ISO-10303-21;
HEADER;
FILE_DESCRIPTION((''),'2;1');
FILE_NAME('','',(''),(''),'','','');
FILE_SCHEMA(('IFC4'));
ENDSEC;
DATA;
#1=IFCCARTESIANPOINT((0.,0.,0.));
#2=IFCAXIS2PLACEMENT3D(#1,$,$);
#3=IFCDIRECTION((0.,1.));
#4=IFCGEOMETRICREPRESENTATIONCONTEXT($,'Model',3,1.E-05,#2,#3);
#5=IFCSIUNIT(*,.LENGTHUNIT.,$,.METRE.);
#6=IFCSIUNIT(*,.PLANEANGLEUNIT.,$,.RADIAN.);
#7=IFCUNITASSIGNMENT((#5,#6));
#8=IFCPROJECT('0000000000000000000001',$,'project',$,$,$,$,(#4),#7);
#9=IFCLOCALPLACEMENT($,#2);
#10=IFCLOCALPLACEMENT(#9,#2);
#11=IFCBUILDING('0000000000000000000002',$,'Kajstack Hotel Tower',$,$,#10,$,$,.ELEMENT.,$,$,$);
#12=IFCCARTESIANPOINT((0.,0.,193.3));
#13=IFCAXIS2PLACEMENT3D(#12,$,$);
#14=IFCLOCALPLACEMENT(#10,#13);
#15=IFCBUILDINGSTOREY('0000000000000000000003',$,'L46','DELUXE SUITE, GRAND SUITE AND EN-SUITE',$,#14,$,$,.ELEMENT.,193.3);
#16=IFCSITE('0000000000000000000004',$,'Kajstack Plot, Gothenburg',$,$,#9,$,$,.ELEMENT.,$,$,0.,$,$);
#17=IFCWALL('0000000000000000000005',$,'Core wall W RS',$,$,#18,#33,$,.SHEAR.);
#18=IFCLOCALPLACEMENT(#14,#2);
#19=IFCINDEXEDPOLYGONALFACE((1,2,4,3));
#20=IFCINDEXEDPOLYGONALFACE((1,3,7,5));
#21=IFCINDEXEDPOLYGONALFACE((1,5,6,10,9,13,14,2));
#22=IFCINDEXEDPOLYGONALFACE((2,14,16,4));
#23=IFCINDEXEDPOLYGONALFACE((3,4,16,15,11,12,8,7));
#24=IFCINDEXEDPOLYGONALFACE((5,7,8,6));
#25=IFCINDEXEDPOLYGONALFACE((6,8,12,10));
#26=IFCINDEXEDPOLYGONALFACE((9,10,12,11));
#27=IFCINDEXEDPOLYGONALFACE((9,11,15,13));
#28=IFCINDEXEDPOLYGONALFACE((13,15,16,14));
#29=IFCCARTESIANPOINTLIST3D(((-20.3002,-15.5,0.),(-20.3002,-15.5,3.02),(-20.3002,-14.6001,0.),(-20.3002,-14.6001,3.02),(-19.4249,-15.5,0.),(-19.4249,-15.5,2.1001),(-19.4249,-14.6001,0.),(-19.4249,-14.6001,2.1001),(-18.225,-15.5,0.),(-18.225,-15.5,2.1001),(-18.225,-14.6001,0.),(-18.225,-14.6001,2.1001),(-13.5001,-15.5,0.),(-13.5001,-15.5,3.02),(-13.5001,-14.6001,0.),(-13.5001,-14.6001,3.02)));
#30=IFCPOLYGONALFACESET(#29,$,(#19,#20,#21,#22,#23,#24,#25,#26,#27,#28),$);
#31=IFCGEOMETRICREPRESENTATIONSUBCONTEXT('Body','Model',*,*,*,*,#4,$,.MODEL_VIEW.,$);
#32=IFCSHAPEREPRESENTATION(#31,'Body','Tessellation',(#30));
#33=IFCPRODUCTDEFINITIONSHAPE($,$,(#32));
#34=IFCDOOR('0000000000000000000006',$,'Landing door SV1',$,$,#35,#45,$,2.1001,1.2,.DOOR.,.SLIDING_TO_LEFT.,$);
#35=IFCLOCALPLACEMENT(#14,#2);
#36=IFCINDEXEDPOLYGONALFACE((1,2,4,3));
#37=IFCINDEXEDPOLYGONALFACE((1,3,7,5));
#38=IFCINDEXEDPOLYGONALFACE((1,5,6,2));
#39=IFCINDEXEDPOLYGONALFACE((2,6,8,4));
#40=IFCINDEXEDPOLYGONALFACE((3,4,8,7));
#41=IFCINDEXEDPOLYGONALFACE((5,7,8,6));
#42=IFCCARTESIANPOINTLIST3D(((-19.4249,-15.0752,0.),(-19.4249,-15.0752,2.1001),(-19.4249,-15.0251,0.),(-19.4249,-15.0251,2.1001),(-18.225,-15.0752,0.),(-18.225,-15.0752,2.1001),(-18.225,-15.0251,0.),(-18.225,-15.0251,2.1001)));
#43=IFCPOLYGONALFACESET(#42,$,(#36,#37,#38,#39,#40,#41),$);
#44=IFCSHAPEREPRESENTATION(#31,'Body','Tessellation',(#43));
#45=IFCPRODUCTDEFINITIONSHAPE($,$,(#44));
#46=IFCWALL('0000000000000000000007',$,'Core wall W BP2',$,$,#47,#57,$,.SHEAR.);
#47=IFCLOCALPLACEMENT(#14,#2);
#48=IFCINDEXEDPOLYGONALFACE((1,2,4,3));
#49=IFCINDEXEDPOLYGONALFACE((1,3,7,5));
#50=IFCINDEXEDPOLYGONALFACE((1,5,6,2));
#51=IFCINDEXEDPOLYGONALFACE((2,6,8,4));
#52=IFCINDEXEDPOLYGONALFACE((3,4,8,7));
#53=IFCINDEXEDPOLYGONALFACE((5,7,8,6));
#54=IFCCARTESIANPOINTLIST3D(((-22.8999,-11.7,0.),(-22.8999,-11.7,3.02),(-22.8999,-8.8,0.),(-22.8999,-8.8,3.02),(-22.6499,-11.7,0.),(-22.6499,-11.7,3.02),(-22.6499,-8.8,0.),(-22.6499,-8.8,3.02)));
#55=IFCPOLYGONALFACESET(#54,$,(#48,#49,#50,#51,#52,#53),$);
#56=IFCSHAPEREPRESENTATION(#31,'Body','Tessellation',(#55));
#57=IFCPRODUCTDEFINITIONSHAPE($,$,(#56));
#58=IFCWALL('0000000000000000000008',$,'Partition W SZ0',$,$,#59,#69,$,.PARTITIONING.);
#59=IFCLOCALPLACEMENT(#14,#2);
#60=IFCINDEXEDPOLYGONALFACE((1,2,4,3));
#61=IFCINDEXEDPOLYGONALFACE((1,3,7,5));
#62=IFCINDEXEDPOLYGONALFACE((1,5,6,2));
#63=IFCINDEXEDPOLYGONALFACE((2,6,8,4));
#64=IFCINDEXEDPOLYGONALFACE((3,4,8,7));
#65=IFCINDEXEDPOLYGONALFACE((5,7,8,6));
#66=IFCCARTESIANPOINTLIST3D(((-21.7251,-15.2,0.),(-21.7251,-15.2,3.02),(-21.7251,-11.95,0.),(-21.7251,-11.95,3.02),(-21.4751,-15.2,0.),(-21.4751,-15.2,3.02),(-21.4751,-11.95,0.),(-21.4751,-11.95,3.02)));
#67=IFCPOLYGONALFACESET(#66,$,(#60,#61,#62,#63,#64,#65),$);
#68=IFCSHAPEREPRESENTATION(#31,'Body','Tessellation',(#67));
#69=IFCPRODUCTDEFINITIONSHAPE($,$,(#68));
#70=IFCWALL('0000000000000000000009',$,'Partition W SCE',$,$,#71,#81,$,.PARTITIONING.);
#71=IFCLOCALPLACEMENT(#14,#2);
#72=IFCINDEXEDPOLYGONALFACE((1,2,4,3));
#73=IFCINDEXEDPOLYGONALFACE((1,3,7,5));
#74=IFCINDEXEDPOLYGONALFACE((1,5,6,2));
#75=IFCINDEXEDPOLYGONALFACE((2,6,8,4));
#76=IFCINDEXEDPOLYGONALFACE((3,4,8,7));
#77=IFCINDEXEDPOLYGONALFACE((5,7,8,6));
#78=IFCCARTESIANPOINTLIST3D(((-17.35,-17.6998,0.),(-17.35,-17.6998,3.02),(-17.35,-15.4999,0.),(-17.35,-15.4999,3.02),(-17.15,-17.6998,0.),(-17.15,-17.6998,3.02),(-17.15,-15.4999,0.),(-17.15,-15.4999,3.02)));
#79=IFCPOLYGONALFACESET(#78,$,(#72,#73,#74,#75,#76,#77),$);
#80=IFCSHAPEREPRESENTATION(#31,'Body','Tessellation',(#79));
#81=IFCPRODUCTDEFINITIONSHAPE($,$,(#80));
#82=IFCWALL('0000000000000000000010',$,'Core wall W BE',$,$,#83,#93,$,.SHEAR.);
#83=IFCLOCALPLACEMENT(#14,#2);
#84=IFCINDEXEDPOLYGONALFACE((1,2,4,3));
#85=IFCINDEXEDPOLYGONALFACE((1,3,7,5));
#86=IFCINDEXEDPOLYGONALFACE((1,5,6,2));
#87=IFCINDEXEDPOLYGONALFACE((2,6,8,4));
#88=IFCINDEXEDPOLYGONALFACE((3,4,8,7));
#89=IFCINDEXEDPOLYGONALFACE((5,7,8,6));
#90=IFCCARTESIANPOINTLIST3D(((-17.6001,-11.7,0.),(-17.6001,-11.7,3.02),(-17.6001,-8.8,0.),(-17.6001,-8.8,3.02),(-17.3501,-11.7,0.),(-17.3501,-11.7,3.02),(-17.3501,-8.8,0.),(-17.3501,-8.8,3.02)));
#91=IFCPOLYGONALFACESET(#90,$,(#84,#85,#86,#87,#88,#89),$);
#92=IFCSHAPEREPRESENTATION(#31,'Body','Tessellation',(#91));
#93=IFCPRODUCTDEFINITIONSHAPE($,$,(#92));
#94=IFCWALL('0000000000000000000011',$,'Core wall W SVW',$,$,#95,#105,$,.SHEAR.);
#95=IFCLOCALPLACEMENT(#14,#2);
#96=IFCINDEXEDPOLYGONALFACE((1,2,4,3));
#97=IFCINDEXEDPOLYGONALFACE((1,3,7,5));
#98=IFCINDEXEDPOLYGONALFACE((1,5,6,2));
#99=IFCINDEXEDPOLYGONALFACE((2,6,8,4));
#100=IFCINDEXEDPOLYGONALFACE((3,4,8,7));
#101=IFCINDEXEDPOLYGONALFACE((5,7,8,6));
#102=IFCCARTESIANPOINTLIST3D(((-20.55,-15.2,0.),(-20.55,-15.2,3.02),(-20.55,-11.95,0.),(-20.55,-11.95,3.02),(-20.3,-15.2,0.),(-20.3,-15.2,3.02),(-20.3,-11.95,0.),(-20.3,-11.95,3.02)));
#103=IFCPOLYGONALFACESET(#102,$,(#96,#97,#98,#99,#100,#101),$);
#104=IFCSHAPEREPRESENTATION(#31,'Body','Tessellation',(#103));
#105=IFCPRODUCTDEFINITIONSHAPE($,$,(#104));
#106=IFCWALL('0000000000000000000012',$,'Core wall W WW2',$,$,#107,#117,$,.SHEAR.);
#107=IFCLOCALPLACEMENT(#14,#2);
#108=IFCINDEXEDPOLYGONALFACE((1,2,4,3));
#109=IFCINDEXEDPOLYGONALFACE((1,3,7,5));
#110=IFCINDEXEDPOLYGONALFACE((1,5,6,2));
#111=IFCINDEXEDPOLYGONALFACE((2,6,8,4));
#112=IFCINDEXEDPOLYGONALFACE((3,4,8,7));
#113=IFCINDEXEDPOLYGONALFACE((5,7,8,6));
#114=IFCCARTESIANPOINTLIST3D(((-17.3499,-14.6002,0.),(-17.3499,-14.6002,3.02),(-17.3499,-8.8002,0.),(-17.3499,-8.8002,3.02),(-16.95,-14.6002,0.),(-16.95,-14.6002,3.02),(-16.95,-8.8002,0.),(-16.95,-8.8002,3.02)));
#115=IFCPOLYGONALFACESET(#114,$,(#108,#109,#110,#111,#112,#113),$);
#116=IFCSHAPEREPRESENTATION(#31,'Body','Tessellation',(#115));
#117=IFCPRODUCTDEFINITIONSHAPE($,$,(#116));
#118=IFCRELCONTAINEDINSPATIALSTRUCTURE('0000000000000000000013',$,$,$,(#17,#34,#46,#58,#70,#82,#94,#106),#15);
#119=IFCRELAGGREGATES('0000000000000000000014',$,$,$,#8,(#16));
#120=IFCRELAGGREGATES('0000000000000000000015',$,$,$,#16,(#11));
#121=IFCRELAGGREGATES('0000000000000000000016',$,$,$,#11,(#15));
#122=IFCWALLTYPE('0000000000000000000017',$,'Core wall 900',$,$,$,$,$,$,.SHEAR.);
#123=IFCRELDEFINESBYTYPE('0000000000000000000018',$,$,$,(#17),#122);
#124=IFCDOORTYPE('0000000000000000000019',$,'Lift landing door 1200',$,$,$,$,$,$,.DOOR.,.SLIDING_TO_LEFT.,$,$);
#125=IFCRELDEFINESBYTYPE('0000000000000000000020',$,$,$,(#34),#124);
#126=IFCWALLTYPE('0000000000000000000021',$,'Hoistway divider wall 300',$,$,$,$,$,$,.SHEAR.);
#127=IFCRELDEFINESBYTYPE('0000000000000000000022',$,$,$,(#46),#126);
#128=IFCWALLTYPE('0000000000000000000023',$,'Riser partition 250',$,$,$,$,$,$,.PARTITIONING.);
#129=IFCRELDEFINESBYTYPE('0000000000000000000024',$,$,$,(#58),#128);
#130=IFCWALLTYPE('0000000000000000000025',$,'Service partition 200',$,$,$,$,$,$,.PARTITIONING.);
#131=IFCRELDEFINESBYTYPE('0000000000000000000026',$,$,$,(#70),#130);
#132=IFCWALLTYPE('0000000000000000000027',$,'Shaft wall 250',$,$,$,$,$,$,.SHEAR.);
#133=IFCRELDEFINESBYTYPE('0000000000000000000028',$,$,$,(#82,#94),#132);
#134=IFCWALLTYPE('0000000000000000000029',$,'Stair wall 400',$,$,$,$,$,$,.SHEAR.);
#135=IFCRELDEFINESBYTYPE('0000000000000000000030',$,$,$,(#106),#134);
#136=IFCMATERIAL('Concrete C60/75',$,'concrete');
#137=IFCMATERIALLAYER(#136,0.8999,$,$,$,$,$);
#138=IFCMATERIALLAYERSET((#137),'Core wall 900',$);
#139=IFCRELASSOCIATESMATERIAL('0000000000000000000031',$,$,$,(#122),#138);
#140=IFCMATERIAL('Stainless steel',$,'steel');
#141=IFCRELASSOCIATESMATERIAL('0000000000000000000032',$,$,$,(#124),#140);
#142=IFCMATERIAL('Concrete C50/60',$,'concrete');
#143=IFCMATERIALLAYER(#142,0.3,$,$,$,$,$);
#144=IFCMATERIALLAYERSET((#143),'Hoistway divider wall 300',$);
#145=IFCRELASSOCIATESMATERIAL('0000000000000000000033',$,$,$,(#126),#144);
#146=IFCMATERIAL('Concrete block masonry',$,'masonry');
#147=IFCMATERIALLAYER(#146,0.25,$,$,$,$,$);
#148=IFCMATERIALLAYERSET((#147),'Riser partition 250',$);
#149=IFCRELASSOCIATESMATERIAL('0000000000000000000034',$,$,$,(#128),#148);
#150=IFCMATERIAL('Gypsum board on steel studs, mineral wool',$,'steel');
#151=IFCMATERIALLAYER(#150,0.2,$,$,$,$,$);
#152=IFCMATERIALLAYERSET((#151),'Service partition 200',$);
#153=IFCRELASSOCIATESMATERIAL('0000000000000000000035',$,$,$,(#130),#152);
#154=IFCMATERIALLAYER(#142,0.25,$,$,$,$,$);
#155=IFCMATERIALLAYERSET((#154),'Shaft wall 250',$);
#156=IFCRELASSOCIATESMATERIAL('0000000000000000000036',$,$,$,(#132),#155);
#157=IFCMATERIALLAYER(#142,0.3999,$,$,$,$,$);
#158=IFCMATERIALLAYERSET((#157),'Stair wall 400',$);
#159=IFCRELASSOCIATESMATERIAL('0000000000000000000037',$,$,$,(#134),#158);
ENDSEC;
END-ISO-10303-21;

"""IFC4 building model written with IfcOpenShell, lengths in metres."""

from ifc_helpers import new_model, si_unit, direction, frame, frame_2d, origin, place, context, subcontext, project, spatial, rectangle, extrude, material, layer, layer_set, type_object, element, fill, save


model = new_model("IFC4")

# Units and contexts
model_context = context("Model", 3, precision=1e-05, world=origin(), true_north=direction((0.0, 1.0)))
body_context = subcontext(model_context, "Body", "Model", "MODEL_VIEW")
ifc_project = project(units=[si_unit("LENGTHUNIT", "METRE"), si_unit("PLANEANGLEUNIT", "RADIAN")], contexts=[model_context])

# Site, building, storey
site_placement = place(None, origin())
site = spatial("IfcSite", under=ifc_project, at=site_placement, Name="Kajstack Plot, Gothenburg", CompositionType="ELEMENT", RefElevation=0.0)
building_placement = place(site_placement, origin())
building = spatial("IfcBuilding", under=site, at=building_placement, Name="Kajstack Hotel Tower", CompositionType="ELEMENT")
storey_placement = place(building_placement, frame((0.0, 0.0, 193.3)))
storey = spatial("IfcBuildingStorey", under=building, at=storey_placement, Name="L46", Description="DELUXE SUITE, GRAND SUITE AND EN-SUITE", CompositionType="ELEMENT", Elevation=193.3)

# Wall, opening, door
ifc_material_1 = material(Name="Concrete C60/75", Category="concrete")
ifc_layer_1 = layer(ifc_material_1, 0.8999)
ifc_layer_set_1 = layer_set([ifc_layer_1], Name="Core wall 900")
wall_type_1 = type_object("IfcWallType", Name="Core wall 900", PredefinedType="SHEAR", material=ifc_layer_set_1)
wall_1_placement = place(storey_placement, frame((-20.3, -15.05, 0.0), z_axis=(0.0, 0.0, 1.0), x_axis=(1.0, 0.0, 0.0)))
wall_1 = element("IfcWall", 1, at=wall_1_placement, inside=storey, type_object=wall_type_1, Name="Core wall W RS", PredefinedType="SHEAR", context=body_context, shape_type="SweptSolid", body=[
    extrude(rectangle(XDim=6.8, YDim=0.8999, at=frame_2d((3.3999, 0.0))), origin(), (0.0, 0.0, 1.0), 3.02),
])
opening_placement = place(wall_1_placement, frame((0.875, 0.0, 0.0)))
opening = element("IfcOpeningElement", 2, at=opening_placement, cuts=wall_1, PredefinedType="OPENING", context=body_context, shape_type="SweptSolid", body=[
    extrude(rectangle(XDim=1.2, YDim=2.1001, at=frame_2d((0.6001, 1.05))), frame((0.0, 0.46, 0.0), z_axis=(0.0, -1.0, 0.0), x_axis=(1.0, 0.0, 0.0)), (0.0, 0.0, 1.0), 0.9199),
])
ifc_material_2 = material(Name="Stainless steel", Category="steel")
door_type = type_object("IfcDoorType", Name="Lift landing door 1200", OperationType="SLIDING_TO_LEFT", PredefinedType="DOOR", material=ifc_material_2)
door_placement = place(opening_placement, origin())
door = element("IfcDoor", 3, at=door_placement, inside=storey, type_object=door_type, Name="Landing door SV1", OperationType="SLIDING_TO_LEFT", OverallHeight=2.1001, OverallWidth=1.2, PredefinedType="DOOR", context=body_context, shape_type="SweptSolid", body=[
    extrude(rectangle(XDim=1.2, YDim=2.1001, at=frame_2d((0.6001, 1.05))), frame((0.0, 0.0249, 0.0), z_axis=(0.0, -1.0, 0.0), x_axis=(1.0, 0.0, 0.0)), (0.0, 0.0, 1.0), 0.05),
])
fill(opening, door)

# Walls
ifc_material_3 = material(Name="Concrete C50/60", Category="concrete")
ifc_layer_2 = layer(ifc_material_3, 0.3)
ifc_layer_set_2 = layer_set([ifc_layer_2], Name="Hoistway divider wall 300")
wall_type_2 = type_object("IfcWallType", Name="Hoistway divider wall 300", PredefinedType="SHEAR", material=ifc_layer_set_2)
wall_2_placement = place(storey_placement, frame((-22.7749, -11.7, 0.0), z_axis=(0.0, 0.0, 1.0), x_axis=(0.0, 1.0, 0.0)))
element("IfcWall", 4, at=wall_2_placement, inside=storey, type_object=wall_type_2, Name="Core wall W BP2", PredefinedType="SHEAR", context=body_context, shape_type="SweptSolid", body=[
    extrude(rectangle(XDim=2.8999, YDim=0.25, at=frame_2d((1.45, 0.0))), origin(), (0.0, 0.0, 1.0), 3.02),
])
ifc_material_4 = material(Name="Concrete block masonry", Category="masonry")
ifc_layer_3 = layer(ifc_material_4, 0.25)
ifc_layer_set_3 = layer_set([ifc_layer_3], Name="Riser partition 250")
wall_type_3 = type_object("IfcWallType", Name="Riser partition 250", PredefinedType="PARTITIONING", material=ifc_layer_set_3)
wall_3_placement = place(storey_placement, frame((-21.6001, -15.2, 0.0), z_axis=(0.0, 0.0, 1.0), x_axis=(0.0, 1.0, 0.0)))
element("IfcWall", 5, at=wall_3_placement, inside=storey, type_object=wall_type_3, Name="Partition W SZ0", PredefinedType="PARTITIONING", context=body_context, shape_type="SweptSolid", body=[
    extrude(rectangle(XDim=3.25, YDim=0.25, at=frame_2d((1.625, 0.0))), origin(), (0.0, 0.0, 1.0), 3.02),
])
ifc_material_5 = material(Name="Gypsum board on steel studs, mineral wool", Category="steel")
ifc_layer_4 = layer(ifc_material_5, 0.2)
ifc_layer_set_4 = layer_set([ifc_layer_4], Name="Service partition 200")
wall_type_4 = type_object("IfcWallType", Name="Service partition 200", PredefinedType="PARTITIONING", material=ifc_layer_set_4)
wall_4_placement = place(storey_placement, frame((-17.25, -17.7, 0.0), z_axis=(0.0, 0.0, 1.0), x_axis=(0.0, 1.0, 0.0)))
element("IfcWall", 6, at=wall_4_placement, inside=storey, type_object=wall_type_4, Name="Partition W SCE", PredefinedType="PARTITIONING", context=body_context, shape_type="SweptSolid", body=[
    extrude(rectangle(XDim=2.2, YDim=0.2, at=frame_2d((1.1001, 0.0))), origin(), (0.0, 0.0, 1.0), 3.02),
])
ifc_layer_5 = layer(ifc_material_3, 0.25)
ifc_layer_set_5 = layer_set([ifc_layer_5], Name="Shaft wall 250")
wall_type_5 = type_object("IfcWallType", Name="Shaft wall 250", PredefinedType="SHEAR", material=ifc_layer_set_5)
wall_5_placement = place(storey_placement, frame((-17.4751, -11.7, 0.0), z_axis=(0.0, 0.0, 1.0), x_axis=(0.0, 1.0, 0.0)))
element("IfcWall", 7, at=wall_5_placement, inside=storey, type_object=wall_type_5, Name="Core wall W BE", PredefinedType="SHEAR", context=body_context, shape_type="SweptSolid", body=[
    extrude(rectangle(XDim=2.8999, YDim=0.25, at=frame_2d((1.45, 0.0))), origin(), (0.0, 0.0, 1.0), 3.02),
])
wall_6_placement = place(storey_placement, frame((-20.425, -15.2, 0.0), z_axis=(0.0, 0.0, 1.0), x_axis=(0.0, 1.0, 0.0)))
element("IfcWall", 8, at=wall_6_placement, inside=storey, type_object=wall_type_5, Name="Core wall W SVW", PredefinedType="SHEAR", context=body_context, shape_type="SweptSolid", body=[
    extrude(rectangle(XDim=3.25, YDim=0.25, at=frame_2d((1.625, 0.0))), origin(), (0.0, 0.0, 1.0), 3.02),
])
ifc_layer_6 = layer(ifc_material_3, 0.3999)
ifc_layer_set_6 = layer_set([ifc_layer_6], Name="Stair wall 400")
wall_type_6 = type_object("IfcWallType", Name="Stair wall 400", PredefinedType="SHEAR", material=ifc_layer_set_6)
wall_7_placement = place(storey_placement, frame((-17.1499, -14.6001, 0.0), z_axis=(0.0, 0.0, 1.0), x_axis=(0.0, 1.0, 0.0)))
element("IfcWall", 9, at=wall_7_placement, inside=storey, type_object=wall_type_6, Name="Core wall W WW2", PredefinedType="SHEAR", context=body_context, shape_type="SweptSolid", body=[
    extrude(rectangle(XDim=5.8, YDim=0.3999, at=frame_2d((2.8999, 0.0))), origin(), (0.0, 0.0, 1.0), 3.02),
])

save(model, "model.ifc")
